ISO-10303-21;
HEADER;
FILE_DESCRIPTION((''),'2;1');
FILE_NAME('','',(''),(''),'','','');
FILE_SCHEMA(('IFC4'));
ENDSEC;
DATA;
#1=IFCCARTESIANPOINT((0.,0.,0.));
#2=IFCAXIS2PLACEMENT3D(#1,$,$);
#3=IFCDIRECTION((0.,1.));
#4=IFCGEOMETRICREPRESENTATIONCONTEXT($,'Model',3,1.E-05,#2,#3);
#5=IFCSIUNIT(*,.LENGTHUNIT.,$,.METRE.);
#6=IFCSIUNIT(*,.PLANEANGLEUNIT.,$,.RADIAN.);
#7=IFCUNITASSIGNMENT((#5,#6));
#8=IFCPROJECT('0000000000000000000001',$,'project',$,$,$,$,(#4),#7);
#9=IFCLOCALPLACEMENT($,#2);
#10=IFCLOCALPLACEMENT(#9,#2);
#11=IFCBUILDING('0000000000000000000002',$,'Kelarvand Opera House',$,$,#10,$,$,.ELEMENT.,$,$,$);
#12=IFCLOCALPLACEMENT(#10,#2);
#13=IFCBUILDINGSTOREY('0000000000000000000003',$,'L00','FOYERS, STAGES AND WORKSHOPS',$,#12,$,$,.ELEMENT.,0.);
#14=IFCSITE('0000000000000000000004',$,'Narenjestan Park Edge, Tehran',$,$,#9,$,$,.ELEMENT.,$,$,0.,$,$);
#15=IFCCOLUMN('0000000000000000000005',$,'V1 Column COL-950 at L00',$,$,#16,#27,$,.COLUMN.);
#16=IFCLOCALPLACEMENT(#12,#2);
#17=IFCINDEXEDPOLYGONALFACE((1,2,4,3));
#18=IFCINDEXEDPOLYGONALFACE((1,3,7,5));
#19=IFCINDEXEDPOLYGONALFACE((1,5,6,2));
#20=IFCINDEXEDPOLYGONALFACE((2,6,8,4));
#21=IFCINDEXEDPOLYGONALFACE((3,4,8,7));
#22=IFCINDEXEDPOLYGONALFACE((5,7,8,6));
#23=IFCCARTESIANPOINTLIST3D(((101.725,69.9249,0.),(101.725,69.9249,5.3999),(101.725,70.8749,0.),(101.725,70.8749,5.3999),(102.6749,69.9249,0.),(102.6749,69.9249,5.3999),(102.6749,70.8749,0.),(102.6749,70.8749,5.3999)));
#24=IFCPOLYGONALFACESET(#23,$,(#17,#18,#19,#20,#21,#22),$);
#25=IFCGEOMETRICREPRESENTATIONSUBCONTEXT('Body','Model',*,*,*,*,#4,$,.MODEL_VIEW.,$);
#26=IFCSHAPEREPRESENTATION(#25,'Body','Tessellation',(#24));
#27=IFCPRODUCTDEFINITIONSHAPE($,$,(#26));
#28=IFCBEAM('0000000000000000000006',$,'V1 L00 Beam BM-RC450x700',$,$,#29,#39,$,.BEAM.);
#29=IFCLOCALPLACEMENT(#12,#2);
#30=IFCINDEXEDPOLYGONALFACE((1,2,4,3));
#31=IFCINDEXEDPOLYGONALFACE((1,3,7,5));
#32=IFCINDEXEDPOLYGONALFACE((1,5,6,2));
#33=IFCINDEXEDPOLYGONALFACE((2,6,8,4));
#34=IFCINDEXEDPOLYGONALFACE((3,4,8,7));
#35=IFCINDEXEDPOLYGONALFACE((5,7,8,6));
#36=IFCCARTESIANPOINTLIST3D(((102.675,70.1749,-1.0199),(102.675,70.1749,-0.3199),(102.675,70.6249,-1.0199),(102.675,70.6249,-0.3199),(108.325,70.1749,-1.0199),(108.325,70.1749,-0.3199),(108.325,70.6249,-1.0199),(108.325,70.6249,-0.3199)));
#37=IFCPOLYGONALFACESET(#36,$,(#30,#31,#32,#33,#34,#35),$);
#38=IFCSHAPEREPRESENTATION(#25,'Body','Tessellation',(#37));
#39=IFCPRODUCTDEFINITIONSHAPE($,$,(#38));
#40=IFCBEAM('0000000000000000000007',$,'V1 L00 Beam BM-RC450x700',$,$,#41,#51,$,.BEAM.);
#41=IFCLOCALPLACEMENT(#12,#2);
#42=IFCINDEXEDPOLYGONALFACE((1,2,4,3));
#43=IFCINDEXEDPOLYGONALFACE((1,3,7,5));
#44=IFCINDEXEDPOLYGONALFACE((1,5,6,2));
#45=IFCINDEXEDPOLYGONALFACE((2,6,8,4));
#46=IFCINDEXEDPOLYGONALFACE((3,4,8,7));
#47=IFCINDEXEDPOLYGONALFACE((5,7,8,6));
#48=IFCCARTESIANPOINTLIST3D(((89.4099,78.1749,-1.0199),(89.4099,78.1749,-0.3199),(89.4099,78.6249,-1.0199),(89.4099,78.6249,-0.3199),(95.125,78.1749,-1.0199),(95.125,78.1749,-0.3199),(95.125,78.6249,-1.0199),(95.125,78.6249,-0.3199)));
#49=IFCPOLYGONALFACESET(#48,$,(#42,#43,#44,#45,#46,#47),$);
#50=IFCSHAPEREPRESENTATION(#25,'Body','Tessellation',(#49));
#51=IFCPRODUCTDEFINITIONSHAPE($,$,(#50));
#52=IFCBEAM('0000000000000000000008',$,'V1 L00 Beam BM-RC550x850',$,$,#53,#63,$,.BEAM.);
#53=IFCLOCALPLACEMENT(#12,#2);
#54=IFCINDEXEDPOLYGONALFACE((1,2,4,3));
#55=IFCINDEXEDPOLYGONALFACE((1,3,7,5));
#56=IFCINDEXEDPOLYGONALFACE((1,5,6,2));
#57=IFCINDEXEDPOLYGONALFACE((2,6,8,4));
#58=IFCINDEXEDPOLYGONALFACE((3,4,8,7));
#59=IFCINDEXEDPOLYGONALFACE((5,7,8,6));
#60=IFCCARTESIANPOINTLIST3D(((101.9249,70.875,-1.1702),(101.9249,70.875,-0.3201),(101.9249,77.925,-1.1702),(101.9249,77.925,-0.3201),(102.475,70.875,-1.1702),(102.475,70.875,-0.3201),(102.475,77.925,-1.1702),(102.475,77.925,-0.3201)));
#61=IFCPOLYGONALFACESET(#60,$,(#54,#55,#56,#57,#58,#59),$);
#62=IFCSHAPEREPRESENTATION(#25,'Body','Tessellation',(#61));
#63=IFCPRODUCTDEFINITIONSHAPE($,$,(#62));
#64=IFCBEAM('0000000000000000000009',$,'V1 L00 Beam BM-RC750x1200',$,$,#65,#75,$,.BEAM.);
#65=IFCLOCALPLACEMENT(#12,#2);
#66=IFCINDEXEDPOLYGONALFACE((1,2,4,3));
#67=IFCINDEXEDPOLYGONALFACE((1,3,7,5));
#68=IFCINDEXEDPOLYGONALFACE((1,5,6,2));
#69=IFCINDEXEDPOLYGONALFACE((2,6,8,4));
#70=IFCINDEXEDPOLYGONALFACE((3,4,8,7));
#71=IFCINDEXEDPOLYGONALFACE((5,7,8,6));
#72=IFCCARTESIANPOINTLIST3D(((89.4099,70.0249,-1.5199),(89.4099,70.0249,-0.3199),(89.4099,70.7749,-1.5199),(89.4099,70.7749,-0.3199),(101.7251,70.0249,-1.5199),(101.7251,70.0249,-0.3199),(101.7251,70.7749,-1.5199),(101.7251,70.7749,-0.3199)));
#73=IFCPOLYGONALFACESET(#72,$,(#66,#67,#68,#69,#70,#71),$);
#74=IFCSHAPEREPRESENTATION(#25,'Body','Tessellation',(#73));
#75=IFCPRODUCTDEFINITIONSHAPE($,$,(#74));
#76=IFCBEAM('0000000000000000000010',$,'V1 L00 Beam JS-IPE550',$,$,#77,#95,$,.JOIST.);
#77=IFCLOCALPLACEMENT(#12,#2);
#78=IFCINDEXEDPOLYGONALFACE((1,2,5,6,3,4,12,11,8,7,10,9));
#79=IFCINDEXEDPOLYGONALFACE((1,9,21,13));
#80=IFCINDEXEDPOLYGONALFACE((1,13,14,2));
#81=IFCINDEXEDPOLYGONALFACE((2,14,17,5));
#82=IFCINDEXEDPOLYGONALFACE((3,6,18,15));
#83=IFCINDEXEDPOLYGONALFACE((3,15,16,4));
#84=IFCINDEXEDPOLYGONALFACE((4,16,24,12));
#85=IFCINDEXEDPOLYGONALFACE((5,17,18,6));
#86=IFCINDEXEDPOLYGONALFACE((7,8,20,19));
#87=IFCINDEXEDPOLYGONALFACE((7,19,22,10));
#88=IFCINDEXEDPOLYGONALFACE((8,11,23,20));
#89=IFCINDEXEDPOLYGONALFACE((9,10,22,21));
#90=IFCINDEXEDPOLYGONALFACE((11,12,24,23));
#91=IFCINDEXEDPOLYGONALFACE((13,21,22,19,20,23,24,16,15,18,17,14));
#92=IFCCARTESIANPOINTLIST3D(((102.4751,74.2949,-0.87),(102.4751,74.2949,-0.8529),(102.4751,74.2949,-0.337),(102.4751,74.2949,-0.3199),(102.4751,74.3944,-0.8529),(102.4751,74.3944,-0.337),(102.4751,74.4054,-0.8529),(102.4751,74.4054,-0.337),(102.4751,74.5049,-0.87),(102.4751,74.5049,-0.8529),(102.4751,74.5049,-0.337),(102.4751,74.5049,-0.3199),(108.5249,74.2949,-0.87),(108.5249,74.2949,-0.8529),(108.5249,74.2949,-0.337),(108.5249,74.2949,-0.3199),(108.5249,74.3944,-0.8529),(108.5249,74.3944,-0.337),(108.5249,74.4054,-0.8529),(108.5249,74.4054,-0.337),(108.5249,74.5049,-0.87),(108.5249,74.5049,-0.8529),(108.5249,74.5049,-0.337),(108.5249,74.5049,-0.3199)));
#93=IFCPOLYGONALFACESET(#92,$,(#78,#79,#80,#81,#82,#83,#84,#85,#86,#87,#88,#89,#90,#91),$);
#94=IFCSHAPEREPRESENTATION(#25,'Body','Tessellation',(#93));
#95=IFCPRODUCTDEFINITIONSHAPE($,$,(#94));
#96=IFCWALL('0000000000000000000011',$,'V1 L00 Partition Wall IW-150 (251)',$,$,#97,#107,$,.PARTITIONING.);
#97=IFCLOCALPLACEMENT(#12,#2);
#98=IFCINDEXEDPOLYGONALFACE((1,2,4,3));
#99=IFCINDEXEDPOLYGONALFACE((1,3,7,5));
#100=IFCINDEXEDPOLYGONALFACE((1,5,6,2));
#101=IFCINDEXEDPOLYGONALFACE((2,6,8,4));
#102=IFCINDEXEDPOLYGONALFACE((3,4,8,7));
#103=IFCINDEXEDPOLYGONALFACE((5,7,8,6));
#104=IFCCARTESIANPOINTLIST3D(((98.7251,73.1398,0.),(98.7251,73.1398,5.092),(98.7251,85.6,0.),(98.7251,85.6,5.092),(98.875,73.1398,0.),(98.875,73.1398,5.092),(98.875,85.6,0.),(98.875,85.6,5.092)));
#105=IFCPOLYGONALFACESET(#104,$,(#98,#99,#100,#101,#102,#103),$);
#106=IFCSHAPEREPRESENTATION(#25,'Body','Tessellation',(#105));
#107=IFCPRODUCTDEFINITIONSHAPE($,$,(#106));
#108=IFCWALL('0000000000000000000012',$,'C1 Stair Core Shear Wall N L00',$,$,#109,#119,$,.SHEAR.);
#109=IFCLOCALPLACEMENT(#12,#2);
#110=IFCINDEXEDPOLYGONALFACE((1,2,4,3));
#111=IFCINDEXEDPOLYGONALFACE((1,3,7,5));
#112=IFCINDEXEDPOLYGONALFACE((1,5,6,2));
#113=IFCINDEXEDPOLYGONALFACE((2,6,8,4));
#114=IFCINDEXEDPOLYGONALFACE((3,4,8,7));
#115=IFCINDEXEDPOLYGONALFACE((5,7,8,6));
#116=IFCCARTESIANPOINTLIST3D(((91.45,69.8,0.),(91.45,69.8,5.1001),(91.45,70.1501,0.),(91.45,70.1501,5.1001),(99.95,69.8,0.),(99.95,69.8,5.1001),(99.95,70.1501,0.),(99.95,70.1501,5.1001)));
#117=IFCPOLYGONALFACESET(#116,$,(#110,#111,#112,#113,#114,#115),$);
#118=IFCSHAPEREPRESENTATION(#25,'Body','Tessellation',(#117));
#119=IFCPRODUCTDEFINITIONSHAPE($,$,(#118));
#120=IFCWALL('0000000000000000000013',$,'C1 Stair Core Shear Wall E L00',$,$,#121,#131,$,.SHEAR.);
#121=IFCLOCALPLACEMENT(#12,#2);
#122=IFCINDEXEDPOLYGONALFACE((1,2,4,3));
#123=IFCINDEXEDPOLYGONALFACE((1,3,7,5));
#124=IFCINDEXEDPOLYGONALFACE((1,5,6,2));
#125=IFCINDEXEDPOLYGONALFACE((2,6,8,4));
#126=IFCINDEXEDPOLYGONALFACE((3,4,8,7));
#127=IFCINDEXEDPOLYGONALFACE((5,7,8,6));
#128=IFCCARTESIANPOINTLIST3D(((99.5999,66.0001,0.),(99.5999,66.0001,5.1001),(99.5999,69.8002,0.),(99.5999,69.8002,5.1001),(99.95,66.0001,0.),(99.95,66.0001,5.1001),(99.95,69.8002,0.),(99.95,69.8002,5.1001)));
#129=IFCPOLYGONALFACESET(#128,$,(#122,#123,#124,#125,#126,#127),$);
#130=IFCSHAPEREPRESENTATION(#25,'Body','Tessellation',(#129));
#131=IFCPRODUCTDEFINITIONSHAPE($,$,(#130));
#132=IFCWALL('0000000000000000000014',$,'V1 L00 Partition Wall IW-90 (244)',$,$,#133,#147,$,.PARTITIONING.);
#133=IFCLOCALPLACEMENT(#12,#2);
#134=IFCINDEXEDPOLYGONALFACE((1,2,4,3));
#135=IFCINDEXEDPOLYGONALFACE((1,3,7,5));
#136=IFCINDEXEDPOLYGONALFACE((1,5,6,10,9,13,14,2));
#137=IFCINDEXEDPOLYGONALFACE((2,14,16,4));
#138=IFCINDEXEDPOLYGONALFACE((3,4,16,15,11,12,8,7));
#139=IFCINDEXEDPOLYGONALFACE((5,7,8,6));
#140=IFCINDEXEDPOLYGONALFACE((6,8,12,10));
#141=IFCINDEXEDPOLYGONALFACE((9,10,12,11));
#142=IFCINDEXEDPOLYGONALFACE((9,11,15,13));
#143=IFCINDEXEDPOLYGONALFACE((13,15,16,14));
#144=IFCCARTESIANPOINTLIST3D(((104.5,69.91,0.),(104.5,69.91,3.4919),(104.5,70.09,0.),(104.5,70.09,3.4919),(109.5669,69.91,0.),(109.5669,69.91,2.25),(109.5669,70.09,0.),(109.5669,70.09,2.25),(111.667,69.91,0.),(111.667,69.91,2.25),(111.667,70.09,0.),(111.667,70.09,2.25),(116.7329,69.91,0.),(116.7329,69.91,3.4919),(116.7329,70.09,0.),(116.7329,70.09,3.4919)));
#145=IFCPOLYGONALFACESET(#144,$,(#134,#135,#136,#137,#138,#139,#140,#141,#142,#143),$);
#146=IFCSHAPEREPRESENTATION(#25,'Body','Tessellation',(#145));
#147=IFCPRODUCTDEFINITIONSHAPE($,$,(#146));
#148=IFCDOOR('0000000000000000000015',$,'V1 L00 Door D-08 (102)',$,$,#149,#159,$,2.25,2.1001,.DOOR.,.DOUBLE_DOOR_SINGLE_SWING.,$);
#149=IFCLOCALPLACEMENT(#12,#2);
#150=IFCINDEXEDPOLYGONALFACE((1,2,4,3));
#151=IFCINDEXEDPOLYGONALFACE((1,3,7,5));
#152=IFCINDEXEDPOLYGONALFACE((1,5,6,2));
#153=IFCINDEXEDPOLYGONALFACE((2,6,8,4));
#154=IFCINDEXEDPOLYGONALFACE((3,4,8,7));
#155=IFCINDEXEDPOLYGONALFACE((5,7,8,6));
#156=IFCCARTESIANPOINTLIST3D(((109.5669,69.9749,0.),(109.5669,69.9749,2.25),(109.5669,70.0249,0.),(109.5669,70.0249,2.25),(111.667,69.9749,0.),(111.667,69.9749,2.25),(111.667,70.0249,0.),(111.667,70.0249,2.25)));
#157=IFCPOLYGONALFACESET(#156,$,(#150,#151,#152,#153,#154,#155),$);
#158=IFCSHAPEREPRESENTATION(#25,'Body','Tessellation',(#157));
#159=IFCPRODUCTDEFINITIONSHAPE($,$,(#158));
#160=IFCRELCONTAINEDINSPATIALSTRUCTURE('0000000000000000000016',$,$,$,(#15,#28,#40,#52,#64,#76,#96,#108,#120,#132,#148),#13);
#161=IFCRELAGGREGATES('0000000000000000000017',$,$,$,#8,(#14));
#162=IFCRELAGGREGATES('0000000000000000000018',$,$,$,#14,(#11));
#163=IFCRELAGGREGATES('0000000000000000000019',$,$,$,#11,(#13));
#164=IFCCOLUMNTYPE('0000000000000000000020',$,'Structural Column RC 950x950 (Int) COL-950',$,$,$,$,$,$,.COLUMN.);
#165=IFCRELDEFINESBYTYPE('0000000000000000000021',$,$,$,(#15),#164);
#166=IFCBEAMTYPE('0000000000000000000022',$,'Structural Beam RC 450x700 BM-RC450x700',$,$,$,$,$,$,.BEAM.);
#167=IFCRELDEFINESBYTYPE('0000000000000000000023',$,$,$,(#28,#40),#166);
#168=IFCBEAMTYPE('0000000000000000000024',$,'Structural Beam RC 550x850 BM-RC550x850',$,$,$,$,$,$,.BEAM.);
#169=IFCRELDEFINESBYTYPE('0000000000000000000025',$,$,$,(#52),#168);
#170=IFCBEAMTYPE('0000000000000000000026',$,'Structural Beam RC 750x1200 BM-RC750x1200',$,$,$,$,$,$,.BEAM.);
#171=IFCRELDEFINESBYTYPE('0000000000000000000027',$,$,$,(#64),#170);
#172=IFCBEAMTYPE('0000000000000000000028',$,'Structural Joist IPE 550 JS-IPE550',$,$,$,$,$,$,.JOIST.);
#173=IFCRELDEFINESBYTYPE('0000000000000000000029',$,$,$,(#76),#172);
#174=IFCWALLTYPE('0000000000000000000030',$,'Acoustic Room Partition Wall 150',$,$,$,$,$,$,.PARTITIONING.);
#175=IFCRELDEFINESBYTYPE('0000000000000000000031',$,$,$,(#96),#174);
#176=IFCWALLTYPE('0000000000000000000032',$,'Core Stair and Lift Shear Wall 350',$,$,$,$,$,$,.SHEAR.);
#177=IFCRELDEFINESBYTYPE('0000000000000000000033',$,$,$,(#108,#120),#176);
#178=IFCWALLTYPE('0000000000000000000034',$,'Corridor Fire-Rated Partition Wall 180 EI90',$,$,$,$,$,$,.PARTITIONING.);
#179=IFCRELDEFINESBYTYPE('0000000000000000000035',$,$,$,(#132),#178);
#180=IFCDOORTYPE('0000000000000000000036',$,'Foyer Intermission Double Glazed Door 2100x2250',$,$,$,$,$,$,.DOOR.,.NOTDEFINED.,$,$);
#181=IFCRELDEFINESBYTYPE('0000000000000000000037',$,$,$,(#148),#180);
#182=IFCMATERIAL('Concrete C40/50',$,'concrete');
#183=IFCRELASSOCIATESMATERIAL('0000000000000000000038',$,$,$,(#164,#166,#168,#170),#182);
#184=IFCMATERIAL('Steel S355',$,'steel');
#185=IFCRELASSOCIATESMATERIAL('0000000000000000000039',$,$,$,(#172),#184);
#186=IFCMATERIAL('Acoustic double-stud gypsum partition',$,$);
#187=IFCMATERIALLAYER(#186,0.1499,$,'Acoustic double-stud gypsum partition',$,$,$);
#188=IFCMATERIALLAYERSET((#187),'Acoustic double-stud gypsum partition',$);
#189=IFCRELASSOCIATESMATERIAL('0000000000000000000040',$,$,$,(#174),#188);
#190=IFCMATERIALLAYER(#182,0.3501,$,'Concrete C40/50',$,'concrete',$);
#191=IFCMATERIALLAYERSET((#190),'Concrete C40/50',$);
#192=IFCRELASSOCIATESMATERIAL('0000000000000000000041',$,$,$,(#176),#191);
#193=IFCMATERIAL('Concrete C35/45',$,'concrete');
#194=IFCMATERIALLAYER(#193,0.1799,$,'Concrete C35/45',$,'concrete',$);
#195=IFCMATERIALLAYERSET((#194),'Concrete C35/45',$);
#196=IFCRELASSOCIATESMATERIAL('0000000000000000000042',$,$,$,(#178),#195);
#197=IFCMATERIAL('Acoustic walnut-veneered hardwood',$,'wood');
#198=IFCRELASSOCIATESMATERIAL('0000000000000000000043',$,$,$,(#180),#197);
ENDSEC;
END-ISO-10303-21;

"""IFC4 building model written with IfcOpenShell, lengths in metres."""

from ifc_helpers import new_model, si_unit, direction, frame, frame_2d, origin, origin_2d, place, context, subcontext, project, spatial, rectangle, i_section, extrude, material, layer, layer_set, material_profile, profile_set, type_object, element, fill, save


model = new_model("IFC4")

# Units and contexts
model_context = context("Model", 3, precision=1e-05, world=origin(), true_north=direction((0.0, 1.0)))
body_context = subcontext(model_context, "Body", "Model", "MODEL_VIEW")
ifc_project = project(units=[si_unit("LENGTHUNIT", "METRE"), si_unit("PLANEANGLEUNIT", "RADIAN")], contexts=[model_context])

# Site, building, storey
site_placement = place(None, origin())
site = spatial("IfcSite", under=ifc_project, at=site_placement, Name="Narenjestan Park Edge, Tehran", CompositionType="ELEMENT", RefElevation=0.0)
building_placement = place(site_placement, origin())
building = spatial("IfcBuilding", under=site, at=building_placement, Name="Kelarvand Opera House", CompositionType="ELEMENT")
storey_placement = place(building_placement, origin())
storey = spatial("IfcBuildingStorey", under=building, at=storey_placement, Name="L00", Description="FOYERS, STAGES AND WORKSHOPS", CompositionType="ELEMENT", Elevation=0.0)

# Column
ifc_material_1 = material(Name="Concrete C40/50", Category="concrete")
ifc_material_profile_1 = material_profile(ifc_material_1, rectangle(XDim=0.95, YDim=0.95, at=origin_2d()), Name="RC 950x950", Category="concrete")
ifc_profile_set_1 = profile_set([ifc_material_profile_1], Name="Concrete C40/50")
column_type = type_object("IfcColumnType", Name="Structural Column RC 950x950 (Int) COL-950", PredefinedType="COLUMN", material=ifc_profile_set_1)
column_placement = place(storey_placement, frame((102.2, 70.3999, 0.0), z_axis=(0.0, 0.0, 1.0), x_axis=(1.0, 0.0, 0.0)))
element("IfcColumn", 1, at=column_placement, inside=storey, type_object=column_type, Name="V1 Column COL-950 at L00", PredefinedType="COLUMN", context=body_context, shape_type="SweptSolid", body=[
    extrude(rectangle(XDim=0.95, YDim=0.95, at=origin_2d()), origin(), (0.0, 0.0, 1.0), 5.3999),
])

# Beams
ifc_material_profile_2 = material_profile(ifc_material_1, rectangle(XDim=0.45, YDim=0.7, at=origin_2d()), Name="RC 450x700", Category="concrete")
ifc_profile_set_2 = profile_set([ifc_material_profile_2], Name="Concrete C40/50")
beam_type_1 = type_object("IfcBeamType", Name="Structural Beam RC 450x700 BM-RC450x700", PredefinedType="BEAM", material=ifc_profile_set_2)
beam_1_placement = place(storey_placement, frame((102.675, 70.3999, -0.6699), z_axis=(1.0, 0.0, 0.0), x_axis=(0.0, 1.0, 0.0)))
element("IfcBeam", 2, at=beam_1_placement, inside=storey, type_object=beam_type_1, Name="V1 L00 Beam BM-RC450x700", PredefinedType="BEAM", context=body_context, shape_type="SweptSolid", body=[
    extrude(rectangle(XDim=0.45, YDim=0.7, at=origin_2d()), origin(), (0.0, 0.0, 1.0), 5.6499),
])
beam_2_placement = place(storey_placement, frame((89.4099, 78.3999, -0.6699), z_axis=(1.0, 0.0, 0.0), x_axis=(0.0, 1.0, 0.0)))
element("IfcBeam", 3, at=beam_2_placement, inside=storey, type_object=beam_type_1, Name="V1 L00 Beam BM-RC450x700", PredefinedType="BEAM", context=body_context, shape_type="SweptSolid", body=[
    extrude(rectangle(XDim=0.45, YDim=0.7, at=origin_2d()), origin(), (0.0, 0.0, 1.0), 5.7151),
])
ifc_material_profile_3 = material_profile(ifc_material_1, rectangle(XDim=0.55, YDim=0.8501, at=origin_2d()), Name="RC 550x850", Category="concrete")
ifc_profile_set_3 = profile_set([ifc_material_profile_3], Name="Concrete C40/50")
beam_type_2 = type_object("IfcBeamType", Name="Structural Beam RC 550x850 BM-RC550x850", PredefinedType="BEAM", material=ifc_profile_set_3)
beam_3_placement = place(storey_placement, frame((102.2, 70.875, -0.7451), z_axis=(0.0, 1.0, 0.0), x_axis=(-1.0, 0.0, 0.0)))
element("IfcBeam", 4, at=beam_3_placement, inside=storey, type_object=beam_type_2, Name="V1 L00 Beam BM-RC550x850", PredefinedType="BEAM", context=body_context, shape_type="SweptSolid", body=[
    extrude(rectangle(XDim=0.55, YDim=0.8501, at=origin_2d()), origin(), (0.0, 0.0, 1.0), 7.05),
])
ifc_material_profile_4 = material_profile(ifc_material_1, rectangle(XDim=0.75, YDim=1.2, at=origin_2d()), Name="RC 750x1200", Category="concrete")
ifc_profile_set_4 = profile_set([ifc_material_profile_4], Name="Concrete C40/50")
beam_type_3 = type_object("IfcBeamType", Name="Structural Beam RC 750x1200 BM-RC750x1200", PredefinedType="BEAM", material=ifc_profile_set_4)
beam_4_placement = place(storey_placement, frame((89.4099, 70.3999, -0.9199), z_axis=(1.0, 0.0, 0.0), x_axis=(0.0, 1.0, 0.0)))
element("IfcBeam", 5, at=beam_4_placement, inside=storey, type_object=beam_type_3, Name="V1 L00 Beam BM-RC750x1200", PredefinedType="BEAM", context=body_context, shape_type="SweptSolid", body=[
    extrude(rectangle(XDim=0.75, YDim=1.2, at=origin_2d()), origin(), (0.0, 0.0, 1.0), 12.3152),
])
ifc_material_2 = material(Name="Steel S355", Category="steel")
ifc_material_profile_5 = material_profile(ifc_material_2, i_section(OverallWidth=0.21, OverallDepth=0.55, WebThickness=0.011, FlangeThickness=0.0171, at=origin_2d()), Name="IPE 550", Category="steel")
ifc_profile_set_5 = profile_set([ifc_material_profile_5], Name="Steel S355")
beam_type_4 = type_object("IfcBeamType", Name="Structural Joist IPE 550 JS-IPE550", PredefinedType="JOIST", material=ifc_profile_set_5)
beam_5_placement = place(storey_placement, frame((102.4751, 74.3999, -0.595), z_axis=(1.0, 0.0, 0.0), x_axis=(0.0, 1.0, 0.0)))
element("IfcBeam", 6, at=beam_5_placement, inside=storey, type_object=beam_type_4, Name="V1 L00 Beam JS-IPE550", PredefinedType="JOIST", context=body_context, shape_type="SweptSolid", body=[
    extrude(i_section(OverallWidth=0.21, OverallDepth=0.55, WebThickness=0.011, FlangeThickness=0.0171, at=origin_2d()), origin(), (0.0, 0.0, 1.0), 6.0498),
])

# Walls
ifc_material_3 = material(Name="Acoustic double-stud gypsum partition")
ifc_layer_1 = layer(ifc_material_3, 0.1499, Name="Acoustic double-stud gypsum partition")
ifc_layer_set_1 = layer_set([ifc_layer_1], Name="Acoustic double-stud gypsum partition")
wall_type_1 = type_object("IfcWallType", Name="Acoustic Room Partition Wall 150", PredefinedType="PARTITIONING", material=ifc_layer_set_1)
wall_1_placement = place(storey_placement, frame((98.8, 73.1399, 0.0), z_axis=(0.0, 0.0, 1.0), x_axis=(0.0, 1.0, 0.0)))
element("IfcWall", 7, at=wall_1_placement, inside=storey, type_object=wall_type_1, Name="V1 L00 Partition Wall IW-150 (251)", PredefinedType="PARTITIONING", context=body_context, shape_type="SweptSolid", body=[
    extrude(rectangle(XDim=12.4602, YDim=0.1499, at=frame_2d((6.23, 0.0))), origin(), (0.0, 0.0, 1.0), 5.092),
])
ifc_layer_2 = layer(ifc_material_1, 0.3501, Name="Concrete C40/50", Category="concrete")
ifc_layer_set_2 = layer_set([ifc_layer_2], Name="Concrete C40/50")
wall_type_2 = type_object("IfcWallType", Name="Core Stair and Lift Shear Wall 350", PredefinedType="SHEAR", material=ifc_layer_set_2)
wall_2_placement = place(storey_placement, frame((99.95, 69.9751, 0.0), z_axis=(0.0, 0.0, 1.0), x_axis=(-1.0, 0.0, 0.0)))
element("IfcWall", 8, at=wall_2_placement, inside=storey, type_object=wall_type_2, Name="C1 Stair Core Shear Wall N L00", PredefinedType="SHEAR", context=body_context, shape_type="SweptSolid", body=[
    extrude(rectangle(XDim=8.5, YDim=0.3501, at=frame_2d((4.25, 0.0))), origin(), (0.0, 0.0, 1.0), 5.1001),
])
wall_3_placement = place(storey_placement, frame((99.7749, 69.8, 0.0), z_axis=(0.0, 0.0, 1.0), x_axis=(0.0, -1.0, 0.0)))
element("IfcWall", 9, at=wall_3_placement, inside=storey, type_object=wall_type_2, Name="C1 Stair Core Shear Wall E L00", PredefinedType="SHEAR", context=body_context, shape_type="SweptSolid", body=[
    extrude(rectangle(XDim=3.8, YDim=0.3501, at=frame_2d((1.8999, 0.0))), origin(), (0.0, 0.0, 1.0), 5.1001),
])

# Wall, opening, door
ifc_material_4 = material(Name="Concrete C35/45", Category="concrete")
ifc_layer_3 = layer(ifc_material_4, 0.1799, Name="Concrete C35/45", Category="concrete")
ifc_layer_set_3 = layer_set([ifc_layer_3], Name="Concrete C35/45")
wall_type_3 = type_object("IfcWallType", Name="Corridor Fire-Rated Partition Wall 180 EI90", PredefinedType="PARTITIONING", material=ifc_layer_set_3)
wall_4_placement = place(storey_placement, frame((104.5, 70.0, 0.0), z_axis=(0.0, 0.0, 1.0), x_axis=(1.0, 0.0, 0.0)))
wall_4 = element("IfcWall", 10, at=wall_4_placement, inside=storey, type_object=wall_type_3, Name="V1 L00 Partition Wall IW-90 (244)", PredefinedType="PARTITIONING", context=body_context, shape_type="SweptSolid", body=[
    extrude(rectangle(XDim=12.2329, YDim=0.1799, at=frame_2d((6.1165, 0.0))), origin(), (0.0, 0.0, 1.0), 3.4919),
])
opening_1_placement = place(wall_4_placement, frame((5.0669, 0.0, 0.0)))
opening_1 = element("IfcOpeningElement", 11, at=opening_1_placement, cuts=wall_4, PredefinedType="OPENING", context=body_context, shape_type="SweptSolid", body=[
    extrude(rectangle(XDim=2.1001, YDim=2.25, at=frame_2d((1.05, 1.125))), frame((0.0, 0.1001, 0.0), z_axis=(0.0, -1.0, 0.0), x_axis=(1.0, 0.0, 0.0)), (0.0, 0.0, 1.0), 0.2),
])
ifc_material_5 = material(Name="Acoustic walnut-veneered hardwood", Category="wood")
door_type_1 = type_object("IfcDoorType", Name="Foyer Intermission Double Glazed Door 2100x2250", OperationType="NOTDEFINED", PredefinedType="DOOR", material=ifc_material_5)
door_1_placement = place(opening_1_placement, origin())
door_1 = element("IfcDoor", 12, at=door_1_placement, inside=storey, type_object=door_type_1, Name="V1 L00 Door D-08 (102)", OperationType="DOUBLE_DOOR_SINGLE_SWING", OverallHeight=2.25, OverallWidth=2.1001, PredefinedType="DOOR", context=body_context, shape_type="SweptSolid", body=[
    extrude(rectangle(XDim=2.1001, YDim=2.25, at=frame_2d((1.05, 1.125))), frame((0.0, 0.0249, 0.0), z_axis=(0.0, -1.0, 0.0), x_axis=(1.0, 0.0, 0.0)), (0.0, 0.0, 1.0), 0.05),
])
fill(opening_1, door_1)

save(model, "model.ifc")
